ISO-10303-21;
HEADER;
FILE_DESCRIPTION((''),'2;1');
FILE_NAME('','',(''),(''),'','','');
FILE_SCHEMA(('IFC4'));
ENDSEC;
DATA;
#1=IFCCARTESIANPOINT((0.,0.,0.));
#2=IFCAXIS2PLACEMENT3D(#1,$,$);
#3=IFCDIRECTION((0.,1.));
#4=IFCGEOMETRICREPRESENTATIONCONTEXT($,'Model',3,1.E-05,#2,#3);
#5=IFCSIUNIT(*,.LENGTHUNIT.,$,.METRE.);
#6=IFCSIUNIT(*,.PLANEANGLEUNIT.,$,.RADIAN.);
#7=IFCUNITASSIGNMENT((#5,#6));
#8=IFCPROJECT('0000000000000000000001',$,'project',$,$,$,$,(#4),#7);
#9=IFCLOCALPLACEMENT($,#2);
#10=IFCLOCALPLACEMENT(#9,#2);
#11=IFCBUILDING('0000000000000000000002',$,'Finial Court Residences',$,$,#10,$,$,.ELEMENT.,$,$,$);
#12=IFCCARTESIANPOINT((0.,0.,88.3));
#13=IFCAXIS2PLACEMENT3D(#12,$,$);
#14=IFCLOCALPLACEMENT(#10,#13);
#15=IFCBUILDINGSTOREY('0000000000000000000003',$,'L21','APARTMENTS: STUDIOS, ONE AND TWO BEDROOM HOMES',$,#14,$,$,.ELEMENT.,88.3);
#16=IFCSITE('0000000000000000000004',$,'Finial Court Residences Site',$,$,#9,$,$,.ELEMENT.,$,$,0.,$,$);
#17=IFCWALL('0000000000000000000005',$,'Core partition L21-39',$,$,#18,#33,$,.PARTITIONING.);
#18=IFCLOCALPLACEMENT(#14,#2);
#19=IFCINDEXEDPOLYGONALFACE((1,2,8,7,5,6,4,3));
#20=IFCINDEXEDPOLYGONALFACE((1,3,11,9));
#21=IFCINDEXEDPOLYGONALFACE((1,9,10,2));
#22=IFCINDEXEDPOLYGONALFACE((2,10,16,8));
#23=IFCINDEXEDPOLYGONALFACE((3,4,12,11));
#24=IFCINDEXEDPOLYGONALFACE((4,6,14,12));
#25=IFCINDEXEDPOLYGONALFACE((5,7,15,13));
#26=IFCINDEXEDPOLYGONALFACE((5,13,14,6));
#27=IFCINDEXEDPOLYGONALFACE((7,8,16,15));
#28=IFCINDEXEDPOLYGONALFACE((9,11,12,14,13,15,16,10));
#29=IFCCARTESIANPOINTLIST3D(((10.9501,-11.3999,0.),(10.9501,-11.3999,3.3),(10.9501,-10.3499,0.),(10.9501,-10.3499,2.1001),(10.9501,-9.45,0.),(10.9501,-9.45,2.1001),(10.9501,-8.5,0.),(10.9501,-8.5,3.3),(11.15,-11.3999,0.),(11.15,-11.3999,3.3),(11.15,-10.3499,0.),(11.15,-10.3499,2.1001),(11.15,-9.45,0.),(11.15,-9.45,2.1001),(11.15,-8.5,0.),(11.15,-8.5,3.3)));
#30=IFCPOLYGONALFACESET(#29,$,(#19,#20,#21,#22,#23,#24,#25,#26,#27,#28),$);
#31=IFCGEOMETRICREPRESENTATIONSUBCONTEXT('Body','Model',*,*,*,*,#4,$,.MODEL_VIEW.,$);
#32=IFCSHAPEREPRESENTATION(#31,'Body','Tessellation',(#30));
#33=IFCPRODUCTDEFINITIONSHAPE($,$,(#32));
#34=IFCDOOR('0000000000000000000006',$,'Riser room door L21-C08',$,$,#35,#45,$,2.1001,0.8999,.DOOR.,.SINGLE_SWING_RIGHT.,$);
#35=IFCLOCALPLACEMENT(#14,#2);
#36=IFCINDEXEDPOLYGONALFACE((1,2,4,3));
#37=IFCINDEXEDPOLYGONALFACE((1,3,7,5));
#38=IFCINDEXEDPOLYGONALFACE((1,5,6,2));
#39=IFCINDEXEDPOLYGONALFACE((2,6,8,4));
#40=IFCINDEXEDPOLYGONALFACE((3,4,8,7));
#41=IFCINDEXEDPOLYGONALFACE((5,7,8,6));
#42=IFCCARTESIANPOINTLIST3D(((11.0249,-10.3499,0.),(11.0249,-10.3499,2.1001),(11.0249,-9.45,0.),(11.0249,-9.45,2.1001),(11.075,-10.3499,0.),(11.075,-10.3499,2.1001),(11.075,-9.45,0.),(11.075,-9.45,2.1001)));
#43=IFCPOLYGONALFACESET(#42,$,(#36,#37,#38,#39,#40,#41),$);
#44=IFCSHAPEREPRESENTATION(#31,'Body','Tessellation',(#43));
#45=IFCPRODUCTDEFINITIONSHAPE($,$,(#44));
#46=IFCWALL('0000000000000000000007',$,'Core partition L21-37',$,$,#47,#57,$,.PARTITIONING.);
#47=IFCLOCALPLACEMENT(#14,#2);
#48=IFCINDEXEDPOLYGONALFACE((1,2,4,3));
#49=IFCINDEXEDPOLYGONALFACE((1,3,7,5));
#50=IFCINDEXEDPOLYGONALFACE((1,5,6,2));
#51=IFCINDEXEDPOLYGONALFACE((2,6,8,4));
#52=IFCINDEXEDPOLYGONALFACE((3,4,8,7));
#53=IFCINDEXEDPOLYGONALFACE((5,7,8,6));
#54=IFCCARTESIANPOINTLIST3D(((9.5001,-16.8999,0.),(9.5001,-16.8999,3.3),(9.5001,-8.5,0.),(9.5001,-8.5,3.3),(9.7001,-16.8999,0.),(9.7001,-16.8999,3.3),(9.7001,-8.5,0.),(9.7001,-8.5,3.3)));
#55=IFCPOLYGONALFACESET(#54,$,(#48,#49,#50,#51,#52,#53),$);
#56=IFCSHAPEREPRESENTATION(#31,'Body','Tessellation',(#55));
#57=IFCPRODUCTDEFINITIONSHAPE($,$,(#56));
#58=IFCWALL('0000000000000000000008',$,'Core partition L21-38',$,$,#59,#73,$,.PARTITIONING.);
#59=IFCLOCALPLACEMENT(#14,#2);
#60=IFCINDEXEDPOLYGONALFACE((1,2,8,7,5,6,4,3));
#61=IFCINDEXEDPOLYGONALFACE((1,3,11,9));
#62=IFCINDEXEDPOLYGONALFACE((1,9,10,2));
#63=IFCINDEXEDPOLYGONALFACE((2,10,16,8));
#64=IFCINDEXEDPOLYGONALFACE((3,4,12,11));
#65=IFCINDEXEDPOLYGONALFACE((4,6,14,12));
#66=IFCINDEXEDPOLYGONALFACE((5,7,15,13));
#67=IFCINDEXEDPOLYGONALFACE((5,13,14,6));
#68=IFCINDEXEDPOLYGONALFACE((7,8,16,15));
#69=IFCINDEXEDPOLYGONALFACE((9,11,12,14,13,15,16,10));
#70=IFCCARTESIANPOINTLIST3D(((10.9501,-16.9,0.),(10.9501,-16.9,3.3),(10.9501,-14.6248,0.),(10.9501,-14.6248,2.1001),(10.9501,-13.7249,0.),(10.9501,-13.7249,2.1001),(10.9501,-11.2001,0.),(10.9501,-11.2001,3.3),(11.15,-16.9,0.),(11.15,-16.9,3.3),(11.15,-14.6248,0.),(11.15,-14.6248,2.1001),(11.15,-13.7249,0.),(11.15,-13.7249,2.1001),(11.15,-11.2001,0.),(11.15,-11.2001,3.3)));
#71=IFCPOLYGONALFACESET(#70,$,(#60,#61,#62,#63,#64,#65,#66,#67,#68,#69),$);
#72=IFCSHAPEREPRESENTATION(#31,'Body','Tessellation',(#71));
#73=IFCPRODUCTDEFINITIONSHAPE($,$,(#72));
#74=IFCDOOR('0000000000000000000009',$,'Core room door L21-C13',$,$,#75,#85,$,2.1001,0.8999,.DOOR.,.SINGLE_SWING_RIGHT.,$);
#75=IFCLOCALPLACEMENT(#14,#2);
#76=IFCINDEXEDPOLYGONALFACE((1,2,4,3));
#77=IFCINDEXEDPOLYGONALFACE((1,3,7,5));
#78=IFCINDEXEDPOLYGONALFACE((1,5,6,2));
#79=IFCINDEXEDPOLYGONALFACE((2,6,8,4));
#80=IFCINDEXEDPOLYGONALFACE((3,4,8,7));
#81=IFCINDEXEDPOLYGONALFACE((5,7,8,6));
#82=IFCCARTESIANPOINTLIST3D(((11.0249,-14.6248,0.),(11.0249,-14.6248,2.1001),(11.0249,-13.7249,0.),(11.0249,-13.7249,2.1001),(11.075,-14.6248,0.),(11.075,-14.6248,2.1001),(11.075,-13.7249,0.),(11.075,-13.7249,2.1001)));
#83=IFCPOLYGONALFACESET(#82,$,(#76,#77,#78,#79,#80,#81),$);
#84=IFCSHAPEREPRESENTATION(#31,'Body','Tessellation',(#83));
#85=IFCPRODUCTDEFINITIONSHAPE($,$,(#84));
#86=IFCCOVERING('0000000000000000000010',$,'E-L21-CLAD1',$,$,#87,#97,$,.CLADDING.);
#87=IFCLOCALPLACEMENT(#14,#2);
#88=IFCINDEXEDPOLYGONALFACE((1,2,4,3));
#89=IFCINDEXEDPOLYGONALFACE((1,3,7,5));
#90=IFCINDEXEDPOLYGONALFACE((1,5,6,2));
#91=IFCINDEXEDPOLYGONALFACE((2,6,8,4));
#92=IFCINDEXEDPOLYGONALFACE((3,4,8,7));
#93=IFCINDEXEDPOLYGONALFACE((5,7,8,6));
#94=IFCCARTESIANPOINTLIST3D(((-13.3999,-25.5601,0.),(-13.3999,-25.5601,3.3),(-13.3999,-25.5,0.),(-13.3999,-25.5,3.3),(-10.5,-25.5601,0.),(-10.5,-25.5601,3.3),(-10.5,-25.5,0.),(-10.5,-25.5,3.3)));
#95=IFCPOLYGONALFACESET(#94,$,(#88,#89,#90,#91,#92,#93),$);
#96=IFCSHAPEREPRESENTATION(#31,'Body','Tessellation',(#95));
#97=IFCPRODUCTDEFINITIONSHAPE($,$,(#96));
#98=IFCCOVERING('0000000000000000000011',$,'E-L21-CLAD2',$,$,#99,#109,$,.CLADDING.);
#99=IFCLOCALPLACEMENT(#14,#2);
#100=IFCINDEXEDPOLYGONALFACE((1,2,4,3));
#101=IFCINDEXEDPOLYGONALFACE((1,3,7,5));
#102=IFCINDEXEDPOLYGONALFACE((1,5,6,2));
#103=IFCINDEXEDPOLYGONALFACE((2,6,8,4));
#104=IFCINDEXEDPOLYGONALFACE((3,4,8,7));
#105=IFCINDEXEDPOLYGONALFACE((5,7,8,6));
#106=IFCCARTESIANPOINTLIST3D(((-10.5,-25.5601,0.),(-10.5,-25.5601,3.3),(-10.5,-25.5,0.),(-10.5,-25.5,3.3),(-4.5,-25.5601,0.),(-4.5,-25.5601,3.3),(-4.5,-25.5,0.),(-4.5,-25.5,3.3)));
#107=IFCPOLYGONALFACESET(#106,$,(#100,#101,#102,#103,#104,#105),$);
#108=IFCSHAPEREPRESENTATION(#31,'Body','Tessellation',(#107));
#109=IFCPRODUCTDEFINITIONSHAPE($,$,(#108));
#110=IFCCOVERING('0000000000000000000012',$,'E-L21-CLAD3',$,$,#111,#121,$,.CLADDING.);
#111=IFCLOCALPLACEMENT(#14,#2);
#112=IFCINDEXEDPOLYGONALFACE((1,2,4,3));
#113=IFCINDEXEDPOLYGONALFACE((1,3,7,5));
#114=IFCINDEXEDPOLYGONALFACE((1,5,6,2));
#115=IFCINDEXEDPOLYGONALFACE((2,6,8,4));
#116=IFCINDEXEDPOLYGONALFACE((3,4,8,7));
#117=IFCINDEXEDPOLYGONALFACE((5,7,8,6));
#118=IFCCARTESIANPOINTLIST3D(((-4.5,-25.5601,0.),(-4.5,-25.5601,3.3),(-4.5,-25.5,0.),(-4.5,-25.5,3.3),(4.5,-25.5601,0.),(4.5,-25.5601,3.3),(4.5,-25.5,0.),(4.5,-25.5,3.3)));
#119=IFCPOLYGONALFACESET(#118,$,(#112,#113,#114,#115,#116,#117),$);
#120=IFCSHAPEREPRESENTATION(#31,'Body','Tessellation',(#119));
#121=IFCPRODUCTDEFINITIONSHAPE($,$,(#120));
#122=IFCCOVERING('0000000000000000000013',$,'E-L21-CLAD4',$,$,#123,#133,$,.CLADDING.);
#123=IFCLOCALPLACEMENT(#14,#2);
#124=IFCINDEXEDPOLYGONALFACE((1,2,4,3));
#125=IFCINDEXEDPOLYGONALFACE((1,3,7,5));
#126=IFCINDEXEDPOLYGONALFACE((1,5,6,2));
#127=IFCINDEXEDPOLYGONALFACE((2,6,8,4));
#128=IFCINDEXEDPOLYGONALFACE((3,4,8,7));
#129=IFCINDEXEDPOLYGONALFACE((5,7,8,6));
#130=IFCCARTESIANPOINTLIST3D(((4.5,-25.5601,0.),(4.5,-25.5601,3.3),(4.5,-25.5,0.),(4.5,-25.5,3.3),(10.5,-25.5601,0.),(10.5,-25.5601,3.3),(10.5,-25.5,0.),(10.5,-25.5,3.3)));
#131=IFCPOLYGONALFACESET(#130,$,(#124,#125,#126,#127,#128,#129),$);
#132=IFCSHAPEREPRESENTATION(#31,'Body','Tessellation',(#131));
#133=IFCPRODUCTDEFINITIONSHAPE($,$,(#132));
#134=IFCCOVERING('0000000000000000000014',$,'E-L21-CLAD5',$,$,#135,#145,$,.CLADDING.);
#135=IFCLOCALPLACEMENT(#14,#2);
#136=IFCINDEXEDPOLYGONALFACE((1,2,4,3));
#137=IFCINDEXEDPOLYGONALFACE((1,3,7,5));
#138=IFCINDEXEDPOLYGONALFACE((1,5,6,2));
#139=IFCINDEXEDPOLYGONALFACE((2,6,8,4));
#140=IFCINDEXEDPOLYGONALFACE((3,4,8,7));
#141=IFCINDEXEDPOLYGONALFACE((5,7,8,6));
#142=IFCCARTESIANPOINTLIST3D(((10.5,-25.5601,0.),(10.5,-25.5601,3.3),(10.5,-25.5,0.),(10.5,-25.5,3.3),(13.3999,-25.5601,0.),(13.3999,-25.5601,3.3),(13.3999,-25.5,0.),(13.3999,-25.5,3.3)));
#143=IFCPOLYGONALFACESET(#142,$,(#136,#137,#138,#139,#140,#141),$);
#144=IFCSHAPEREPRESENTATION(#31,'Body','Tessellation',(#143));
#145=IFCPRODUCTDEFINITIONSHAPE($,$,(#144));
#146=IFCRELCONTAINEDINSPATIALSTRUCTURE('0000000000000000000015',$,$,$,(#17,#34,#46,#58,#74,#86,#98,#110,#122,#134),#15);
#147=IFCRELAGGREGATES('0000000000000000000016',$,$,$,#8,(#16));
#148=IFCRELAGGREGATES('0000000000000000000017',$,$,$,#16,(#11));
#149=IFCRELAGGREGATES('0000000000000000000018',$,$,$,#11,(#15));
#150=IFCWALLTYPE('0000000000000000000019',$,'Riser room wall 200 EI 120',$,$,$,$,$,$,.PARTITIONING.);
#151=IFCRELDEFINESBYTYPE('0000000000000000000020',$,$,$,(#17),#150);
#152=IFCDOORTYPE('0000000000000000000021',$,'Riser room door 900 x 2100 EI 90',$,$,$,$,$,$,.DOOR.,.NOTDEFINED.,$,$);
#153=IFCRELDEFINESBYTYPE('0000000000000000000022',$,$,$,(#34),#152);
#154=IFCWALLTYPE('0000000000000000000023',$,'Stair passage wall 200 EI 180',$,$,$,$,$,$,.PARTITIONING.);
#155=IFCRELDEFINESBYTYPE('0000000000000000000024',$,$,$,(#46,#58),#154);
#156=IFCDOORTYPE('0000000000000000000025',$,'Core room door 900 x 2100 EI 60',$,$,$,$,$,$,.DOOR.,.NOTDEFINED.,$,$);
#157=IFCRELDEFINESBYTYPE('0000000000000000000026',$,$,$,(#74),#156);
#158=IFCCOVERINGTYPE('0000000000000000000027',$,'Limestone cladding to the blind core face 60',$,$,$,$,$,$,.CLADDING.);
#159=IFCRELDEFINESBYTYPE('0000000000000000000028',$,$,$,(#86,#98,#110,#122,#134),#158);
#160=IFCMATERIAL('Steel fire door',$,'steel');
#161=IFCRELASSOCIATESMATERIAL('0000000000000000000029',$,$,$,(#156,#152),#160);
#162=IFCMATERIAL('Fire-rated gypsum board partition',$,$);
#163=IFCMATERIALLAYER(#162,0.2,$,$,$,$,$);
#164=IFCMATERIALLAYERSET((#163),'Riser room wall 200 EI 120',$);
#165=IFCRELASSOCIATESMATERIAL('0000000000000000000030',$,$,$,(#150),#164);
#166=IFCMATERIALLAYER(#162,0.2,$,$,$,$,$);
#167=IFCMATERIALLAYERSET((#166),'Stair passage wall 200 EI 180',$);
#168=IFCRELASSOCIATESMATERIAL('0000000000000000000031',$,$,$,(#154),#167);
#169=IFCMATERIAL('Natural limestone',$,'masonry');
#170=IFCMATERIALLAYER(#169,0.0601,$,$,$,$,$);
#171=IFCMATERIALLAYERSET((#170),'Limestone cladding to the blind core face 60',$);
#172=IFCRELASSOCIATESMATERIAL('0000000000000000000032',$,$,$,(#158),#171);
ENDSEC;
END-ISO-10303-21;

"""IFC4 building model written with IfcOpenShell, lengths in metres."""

from ifc_helpers import new_model, si_unit, direction, frame, frame_2d, origin, place, context, subcontext, project, spatial, polyline, rectangle, outline, extrude, material, layer, layer_set, type_object, element, fill, save


model = new_model("IFC4")

# Units and contexts
model_context = context("Model", 3, precision=1e-05, world=origin(), true_north=direction((0.0, 1.0)))
body_context = subcontext(model_context, "Body", "Model", "MODEL_VIEW")
ifc_project = project(units=[si_unit("LENGTHUNIT", "METRE"), si_unit("PLANEANGLEUNIT", "RADIAN")], contexts=[model_context])

# Site, building, storey
site_placement = place(None, origin())
site = spatial("IfcSite", under=ifc_project, at=site_placement, Name="Finial Court Residences Site", CompositionType="ELEMENT", RefElevation=0.0)
building_placement = place(site_placement, origin())
building = spatial("IfcBuilding", under=site, at=building_placement, Name="Finial Court Residences", CompositionType="ELEMENT")
storey_placement = place(building_placement, frame((0.0, 0.0, 88.3)))
storey = spatial("IfcBuildingStorey", under=building, at=storey_placement, Name="L21", Description="APARTMENTS: STUDIOS, ONE AND TWO BEDROOM HOMES", CompositionType="ELEMENT", Elevation=88.3)

# Shared definitions
ifc_material_1 = material(Name="Fire-rated gypsum board partition")

# Shared definitions
ifc_material_2 = material(Name="Steel fire door", Category="steel")
door_type_1 = type_object("IfcDoorType", Name="Core room door 900 x 2100 EI 60", OperationType="NOTDEFINED", PredefinedType="DOOR", material=ifc_material_2)

# Shared definitions
ifc_layer_1 = layer(ifc_material_1, 0.2)
ifc_layer_set_1 = layer_set([ifc_layer_1], Name="Riser room wall 200 EI 120")
wall_type_1 = type_object("IfcWallType", Name="Riser room wall 200 EI 120", PredefinedType="PARTITIONING", material=ifc_layer_set_1)

# Wall, opening, door
wall_1_placement = place(storey_placement, frame((11.05, -8.5, 0.0), z_axis=(0.0, 0.0, 1.0), x_axis=(0.0, -1.0, 0.0)))
wall_1 = element("IfcWall", 1, at=wall_1_placement, inside=storey, type_object=wall_type_1, Name="Core partition L21-39", PredefinedType="PARTITIONING", context=body_context, shape_type="SweptSolid", body=[
    extrude(rectangle(XDim=2.8999, YDim=0.2, at=frame_2d((1.45, 0.0))), origin(), (0.0, 0.0, 1.0), 3.3),
])
opening_1_placement = place(wall_1_placement, frame((0.95, 0.0, 0.0)))
opening_1 = element("IfcOpeningElement", 2, at=opening_1_placement, cuts=wall_1, PredefinedType="OPENING", context=body_context, shape_type="SweptSolid", body=[
    extrude(rectangle(XDim=0.8999, YDim=2.1001, at=frame_2d((0.45, 1.05))), frame((0.0, 0.1099, 0.0), z_axis=(0.0, -1.0, 0.0), x_axis=(1.0, 0.0, 0.0)), (0.0, 0.0, 1.0), 0.22),
])
door_type_2 = type_object("IfcDoorType", Name="Riser room door 900 x 2100 EI 90", OperationType="NOTDEFINED", PredefinedType="DOOR", material=ifc_material_2)
door_1_placement = place(opening_1_placement, origin())
door_1 = element("IfcDoor", 3, at=door_1_placement, inside=storey, type_object=door_type_2, Name="Riser room door L21-C08", OperationType="SINGLE_SWING_RIGHT", OverallHeight=2.1001, OverallWidth=0.8999, PredefinedType="DOOR", context=body_context, shape_type="SweptSolid", body=[
    extrude(rectangle(XDim=0.8999, YDim=2.1001, at=frame_2d((0.45, 1.05))), frame((0.0, 0.0249, 0.0), z_axis=(0.0, -1.0, 0.0), x_axis=(1.0, 0.0, 0.0)), (0.0, 0.0, 1.0), 0.05),
])
fill(opening_1, door_1)

# Wall
ifc_layer_2 = layer(ifc_material_1, 0.2)
ifc_layer_set_2 = layer_set([ifc_layer_2], Name="Stair passage wall 200 EI 180")
wall_type_2 = type_object("IfcWallType", Name="Stair passage wall 200 EI 180", PredefinedType="PARTITIONING", material=ifc_layer_set_2)
wall_2_placement = place(storey_placement, frame((9.6001, -16.8999, 0.0), z_axis=(0.0, 0.0, 1.0), x_axis=(0.0, 1.0, 0.0)))
element("IfcWall", 4, at=wall_2_placement, inside=storey, type_object=wall_type_2, Name="Core partition L21-37", PredefinedType="PARTITIONING", context=body_context, shape_type="SweptSolid", body=[
    extrude(rectangle(XDim=8.3999, YDim=0.2, at=frame_2d((4.2, 0.0))), origin(), (0.0, 0.0, 1.0), 3.3),
])

# Wall, opening, door
wall_3_placement = place(storey_placement, frame((11.05, -11.2, 0.0), z_axis=(0.0, 0.0, 1.0), x_axis=(0.0, -1.0, 0.0)))
wall_3 = element("IfcWall", 5, at=wall_3_placement, inside=storey, type_object=wall_type_2, Name="Core partition L21-38", PredefinedType="PARTITIONING", context=body_context, shape_type="SweptSolid", body=[
    extrude(rectangle(XDim=5.7, YDim=0.2, at=frame_2d((2.8501, 0.0))), origin(), (0.0, 0.0, 1.0), 3.3),
])
opening_2_placement = place(wall_3_placement, frame((2.5249, 0.0, 0.0)))
opening_2 = element("IfcOpeningElement", 6, at=opening_2_placement, cuts=wall_3, PredefinedType="OPENING", context=body_context, shape_type="SweptSolid", body=[
    extrude(rectangle(XDim=0.8999, YDim=2.1001, at=frame_2d((0.45, 1.05))), frame((0.0, 0.1099, 0.0), z_axis=(0.0, -1.0, 0.0), x_axis=(1.0, 0.0, 0.0)), (0.0, 0.0, 1.0), 0.22),
])
door_2_placement = place(opening_2_placement, origin())
door_2 = element("IfcDoor", 7, at=door_2_placement, inside=storey, type_object=door_type_1, Name="Core room door L21-C13", OperationType="SINGLE_SWING_RIGHT", OverallHeight=2.1001, OverallWidth=0.8999, PredefinedType="DOOR", context=body_context, shape_type="SweptSolid", body=[
    extrude(rectangle(XDim=0.8999, YDim=2.1001, at=frame_2d((0.45, 1.05))), frame((0.0, 0.0249, 0.0), z_axis=(0.0, -1.0, 0.0), x_axis=(1.0, 0.0, 0.0)), (0.0, 0.0, 1.0), 0.05),
])
fill(opening_2, door_2)

# Coverings
ifc_material_3 = material(Name="Natural limestone", Category="masonry")
ifc_layer_3 = layer(ifc_material_3, 0.0601)
ifc_layer_set_3 = layer_set([ifc_layer_3], Name="Limestone cladding to the blind core face 60")
covering_type = type_object("IfcCoveringType", Name="Limestone cladding to the blind core face 60", PredefinedType="CLADDING", material=ifc_layer_set_3)
covering_1_placement = place(storey_placement, origin())
element("IfcCovering", 8, at=covering_1_placement, inside=storey, type_object=covering_type, Name="E-L21-CLAD1", PredefinedType="CLADDING", context=body_context, shape_type="SweptSolid", body=[
    extrude(outline(polyline([(-10.5, -25.5601), (-10.5, -25.5), (-13.3999, -25.5), (-13.3999, -25.5601), (-10.5, -25.5601)])), origin(), (0.0, 0.0, 1.0), 3.3),
])
covering_2_placement = place(storey_placement, origin())
element("IfcCovering", 9, at=covering_2_placement, inside=storey, type_object=covering_type, Name="E-L21-CLAD2", PredefinedType="CLADDING", context=body_context, shape_type="SweptSolid", body=[
    extrude(outline(polyline([(-4.5, -25.5601), (-4.5, -25.5), (-10.5, -25.5), (-10.5, -25.5601), (-4.5, -25.5601)])), origin(), (0.0, 0.0, 1.0), 3.3),
])
covering_3_placement = place(storey_placement, origin())
element("IfcCovering", 10, at=covering_3_placement, inside=storey, type_object=covering_type, Name="E-L21-CLAD3", PredefinedType="CLADDING", context=body_context, shape_type="SweptSolid", body=[
    extrude(outline(polyline([(4.5, -25.5601), (4.5, -25.5), (-4.5, -25.5), (-4.5, -25.5601), (4.5, -25.5601)])), origin(), (0.0, 0.0, 1.0), 3.3),
])
covering_4_placement = place(storey_placement, origin())
element("IfcCovering", 11, at=covering_4_placement, inside=storey, type_object=covering_type, Name="E-L21-CLAD4", PredefinedType="CLADDING", context=body_context, shape_type="SweptSolid", body=[
    extrude(outline(polyline([(10.5, -25.5601), (10.5, -25.5), (4.5, -25.5), (4.5, -25.5601), (10.5, -25.5601)])), origin(), (0.0, 0.0, 1.0), 3.3),
])
covering_5_placement = place(storey_placement, origin())
element("IfcCovering", 12, at=covering_5_placement, inside=storey, type_object=covering_type, Name="E-L21-CLAD5", PredefinedType="CLADDING", context=body_context, shape_type="SweptSolid", body=[
    extrude(outline(polyline([(13.3999, -25.5601), (13.3999, -25.5), (10.5, -25.5), (10.5, -25.5601), (13.3999, -25.5601)])), origin(), (0.0, 0.0, 1.0), 3.3),
])

save(model, "model.ifc")
